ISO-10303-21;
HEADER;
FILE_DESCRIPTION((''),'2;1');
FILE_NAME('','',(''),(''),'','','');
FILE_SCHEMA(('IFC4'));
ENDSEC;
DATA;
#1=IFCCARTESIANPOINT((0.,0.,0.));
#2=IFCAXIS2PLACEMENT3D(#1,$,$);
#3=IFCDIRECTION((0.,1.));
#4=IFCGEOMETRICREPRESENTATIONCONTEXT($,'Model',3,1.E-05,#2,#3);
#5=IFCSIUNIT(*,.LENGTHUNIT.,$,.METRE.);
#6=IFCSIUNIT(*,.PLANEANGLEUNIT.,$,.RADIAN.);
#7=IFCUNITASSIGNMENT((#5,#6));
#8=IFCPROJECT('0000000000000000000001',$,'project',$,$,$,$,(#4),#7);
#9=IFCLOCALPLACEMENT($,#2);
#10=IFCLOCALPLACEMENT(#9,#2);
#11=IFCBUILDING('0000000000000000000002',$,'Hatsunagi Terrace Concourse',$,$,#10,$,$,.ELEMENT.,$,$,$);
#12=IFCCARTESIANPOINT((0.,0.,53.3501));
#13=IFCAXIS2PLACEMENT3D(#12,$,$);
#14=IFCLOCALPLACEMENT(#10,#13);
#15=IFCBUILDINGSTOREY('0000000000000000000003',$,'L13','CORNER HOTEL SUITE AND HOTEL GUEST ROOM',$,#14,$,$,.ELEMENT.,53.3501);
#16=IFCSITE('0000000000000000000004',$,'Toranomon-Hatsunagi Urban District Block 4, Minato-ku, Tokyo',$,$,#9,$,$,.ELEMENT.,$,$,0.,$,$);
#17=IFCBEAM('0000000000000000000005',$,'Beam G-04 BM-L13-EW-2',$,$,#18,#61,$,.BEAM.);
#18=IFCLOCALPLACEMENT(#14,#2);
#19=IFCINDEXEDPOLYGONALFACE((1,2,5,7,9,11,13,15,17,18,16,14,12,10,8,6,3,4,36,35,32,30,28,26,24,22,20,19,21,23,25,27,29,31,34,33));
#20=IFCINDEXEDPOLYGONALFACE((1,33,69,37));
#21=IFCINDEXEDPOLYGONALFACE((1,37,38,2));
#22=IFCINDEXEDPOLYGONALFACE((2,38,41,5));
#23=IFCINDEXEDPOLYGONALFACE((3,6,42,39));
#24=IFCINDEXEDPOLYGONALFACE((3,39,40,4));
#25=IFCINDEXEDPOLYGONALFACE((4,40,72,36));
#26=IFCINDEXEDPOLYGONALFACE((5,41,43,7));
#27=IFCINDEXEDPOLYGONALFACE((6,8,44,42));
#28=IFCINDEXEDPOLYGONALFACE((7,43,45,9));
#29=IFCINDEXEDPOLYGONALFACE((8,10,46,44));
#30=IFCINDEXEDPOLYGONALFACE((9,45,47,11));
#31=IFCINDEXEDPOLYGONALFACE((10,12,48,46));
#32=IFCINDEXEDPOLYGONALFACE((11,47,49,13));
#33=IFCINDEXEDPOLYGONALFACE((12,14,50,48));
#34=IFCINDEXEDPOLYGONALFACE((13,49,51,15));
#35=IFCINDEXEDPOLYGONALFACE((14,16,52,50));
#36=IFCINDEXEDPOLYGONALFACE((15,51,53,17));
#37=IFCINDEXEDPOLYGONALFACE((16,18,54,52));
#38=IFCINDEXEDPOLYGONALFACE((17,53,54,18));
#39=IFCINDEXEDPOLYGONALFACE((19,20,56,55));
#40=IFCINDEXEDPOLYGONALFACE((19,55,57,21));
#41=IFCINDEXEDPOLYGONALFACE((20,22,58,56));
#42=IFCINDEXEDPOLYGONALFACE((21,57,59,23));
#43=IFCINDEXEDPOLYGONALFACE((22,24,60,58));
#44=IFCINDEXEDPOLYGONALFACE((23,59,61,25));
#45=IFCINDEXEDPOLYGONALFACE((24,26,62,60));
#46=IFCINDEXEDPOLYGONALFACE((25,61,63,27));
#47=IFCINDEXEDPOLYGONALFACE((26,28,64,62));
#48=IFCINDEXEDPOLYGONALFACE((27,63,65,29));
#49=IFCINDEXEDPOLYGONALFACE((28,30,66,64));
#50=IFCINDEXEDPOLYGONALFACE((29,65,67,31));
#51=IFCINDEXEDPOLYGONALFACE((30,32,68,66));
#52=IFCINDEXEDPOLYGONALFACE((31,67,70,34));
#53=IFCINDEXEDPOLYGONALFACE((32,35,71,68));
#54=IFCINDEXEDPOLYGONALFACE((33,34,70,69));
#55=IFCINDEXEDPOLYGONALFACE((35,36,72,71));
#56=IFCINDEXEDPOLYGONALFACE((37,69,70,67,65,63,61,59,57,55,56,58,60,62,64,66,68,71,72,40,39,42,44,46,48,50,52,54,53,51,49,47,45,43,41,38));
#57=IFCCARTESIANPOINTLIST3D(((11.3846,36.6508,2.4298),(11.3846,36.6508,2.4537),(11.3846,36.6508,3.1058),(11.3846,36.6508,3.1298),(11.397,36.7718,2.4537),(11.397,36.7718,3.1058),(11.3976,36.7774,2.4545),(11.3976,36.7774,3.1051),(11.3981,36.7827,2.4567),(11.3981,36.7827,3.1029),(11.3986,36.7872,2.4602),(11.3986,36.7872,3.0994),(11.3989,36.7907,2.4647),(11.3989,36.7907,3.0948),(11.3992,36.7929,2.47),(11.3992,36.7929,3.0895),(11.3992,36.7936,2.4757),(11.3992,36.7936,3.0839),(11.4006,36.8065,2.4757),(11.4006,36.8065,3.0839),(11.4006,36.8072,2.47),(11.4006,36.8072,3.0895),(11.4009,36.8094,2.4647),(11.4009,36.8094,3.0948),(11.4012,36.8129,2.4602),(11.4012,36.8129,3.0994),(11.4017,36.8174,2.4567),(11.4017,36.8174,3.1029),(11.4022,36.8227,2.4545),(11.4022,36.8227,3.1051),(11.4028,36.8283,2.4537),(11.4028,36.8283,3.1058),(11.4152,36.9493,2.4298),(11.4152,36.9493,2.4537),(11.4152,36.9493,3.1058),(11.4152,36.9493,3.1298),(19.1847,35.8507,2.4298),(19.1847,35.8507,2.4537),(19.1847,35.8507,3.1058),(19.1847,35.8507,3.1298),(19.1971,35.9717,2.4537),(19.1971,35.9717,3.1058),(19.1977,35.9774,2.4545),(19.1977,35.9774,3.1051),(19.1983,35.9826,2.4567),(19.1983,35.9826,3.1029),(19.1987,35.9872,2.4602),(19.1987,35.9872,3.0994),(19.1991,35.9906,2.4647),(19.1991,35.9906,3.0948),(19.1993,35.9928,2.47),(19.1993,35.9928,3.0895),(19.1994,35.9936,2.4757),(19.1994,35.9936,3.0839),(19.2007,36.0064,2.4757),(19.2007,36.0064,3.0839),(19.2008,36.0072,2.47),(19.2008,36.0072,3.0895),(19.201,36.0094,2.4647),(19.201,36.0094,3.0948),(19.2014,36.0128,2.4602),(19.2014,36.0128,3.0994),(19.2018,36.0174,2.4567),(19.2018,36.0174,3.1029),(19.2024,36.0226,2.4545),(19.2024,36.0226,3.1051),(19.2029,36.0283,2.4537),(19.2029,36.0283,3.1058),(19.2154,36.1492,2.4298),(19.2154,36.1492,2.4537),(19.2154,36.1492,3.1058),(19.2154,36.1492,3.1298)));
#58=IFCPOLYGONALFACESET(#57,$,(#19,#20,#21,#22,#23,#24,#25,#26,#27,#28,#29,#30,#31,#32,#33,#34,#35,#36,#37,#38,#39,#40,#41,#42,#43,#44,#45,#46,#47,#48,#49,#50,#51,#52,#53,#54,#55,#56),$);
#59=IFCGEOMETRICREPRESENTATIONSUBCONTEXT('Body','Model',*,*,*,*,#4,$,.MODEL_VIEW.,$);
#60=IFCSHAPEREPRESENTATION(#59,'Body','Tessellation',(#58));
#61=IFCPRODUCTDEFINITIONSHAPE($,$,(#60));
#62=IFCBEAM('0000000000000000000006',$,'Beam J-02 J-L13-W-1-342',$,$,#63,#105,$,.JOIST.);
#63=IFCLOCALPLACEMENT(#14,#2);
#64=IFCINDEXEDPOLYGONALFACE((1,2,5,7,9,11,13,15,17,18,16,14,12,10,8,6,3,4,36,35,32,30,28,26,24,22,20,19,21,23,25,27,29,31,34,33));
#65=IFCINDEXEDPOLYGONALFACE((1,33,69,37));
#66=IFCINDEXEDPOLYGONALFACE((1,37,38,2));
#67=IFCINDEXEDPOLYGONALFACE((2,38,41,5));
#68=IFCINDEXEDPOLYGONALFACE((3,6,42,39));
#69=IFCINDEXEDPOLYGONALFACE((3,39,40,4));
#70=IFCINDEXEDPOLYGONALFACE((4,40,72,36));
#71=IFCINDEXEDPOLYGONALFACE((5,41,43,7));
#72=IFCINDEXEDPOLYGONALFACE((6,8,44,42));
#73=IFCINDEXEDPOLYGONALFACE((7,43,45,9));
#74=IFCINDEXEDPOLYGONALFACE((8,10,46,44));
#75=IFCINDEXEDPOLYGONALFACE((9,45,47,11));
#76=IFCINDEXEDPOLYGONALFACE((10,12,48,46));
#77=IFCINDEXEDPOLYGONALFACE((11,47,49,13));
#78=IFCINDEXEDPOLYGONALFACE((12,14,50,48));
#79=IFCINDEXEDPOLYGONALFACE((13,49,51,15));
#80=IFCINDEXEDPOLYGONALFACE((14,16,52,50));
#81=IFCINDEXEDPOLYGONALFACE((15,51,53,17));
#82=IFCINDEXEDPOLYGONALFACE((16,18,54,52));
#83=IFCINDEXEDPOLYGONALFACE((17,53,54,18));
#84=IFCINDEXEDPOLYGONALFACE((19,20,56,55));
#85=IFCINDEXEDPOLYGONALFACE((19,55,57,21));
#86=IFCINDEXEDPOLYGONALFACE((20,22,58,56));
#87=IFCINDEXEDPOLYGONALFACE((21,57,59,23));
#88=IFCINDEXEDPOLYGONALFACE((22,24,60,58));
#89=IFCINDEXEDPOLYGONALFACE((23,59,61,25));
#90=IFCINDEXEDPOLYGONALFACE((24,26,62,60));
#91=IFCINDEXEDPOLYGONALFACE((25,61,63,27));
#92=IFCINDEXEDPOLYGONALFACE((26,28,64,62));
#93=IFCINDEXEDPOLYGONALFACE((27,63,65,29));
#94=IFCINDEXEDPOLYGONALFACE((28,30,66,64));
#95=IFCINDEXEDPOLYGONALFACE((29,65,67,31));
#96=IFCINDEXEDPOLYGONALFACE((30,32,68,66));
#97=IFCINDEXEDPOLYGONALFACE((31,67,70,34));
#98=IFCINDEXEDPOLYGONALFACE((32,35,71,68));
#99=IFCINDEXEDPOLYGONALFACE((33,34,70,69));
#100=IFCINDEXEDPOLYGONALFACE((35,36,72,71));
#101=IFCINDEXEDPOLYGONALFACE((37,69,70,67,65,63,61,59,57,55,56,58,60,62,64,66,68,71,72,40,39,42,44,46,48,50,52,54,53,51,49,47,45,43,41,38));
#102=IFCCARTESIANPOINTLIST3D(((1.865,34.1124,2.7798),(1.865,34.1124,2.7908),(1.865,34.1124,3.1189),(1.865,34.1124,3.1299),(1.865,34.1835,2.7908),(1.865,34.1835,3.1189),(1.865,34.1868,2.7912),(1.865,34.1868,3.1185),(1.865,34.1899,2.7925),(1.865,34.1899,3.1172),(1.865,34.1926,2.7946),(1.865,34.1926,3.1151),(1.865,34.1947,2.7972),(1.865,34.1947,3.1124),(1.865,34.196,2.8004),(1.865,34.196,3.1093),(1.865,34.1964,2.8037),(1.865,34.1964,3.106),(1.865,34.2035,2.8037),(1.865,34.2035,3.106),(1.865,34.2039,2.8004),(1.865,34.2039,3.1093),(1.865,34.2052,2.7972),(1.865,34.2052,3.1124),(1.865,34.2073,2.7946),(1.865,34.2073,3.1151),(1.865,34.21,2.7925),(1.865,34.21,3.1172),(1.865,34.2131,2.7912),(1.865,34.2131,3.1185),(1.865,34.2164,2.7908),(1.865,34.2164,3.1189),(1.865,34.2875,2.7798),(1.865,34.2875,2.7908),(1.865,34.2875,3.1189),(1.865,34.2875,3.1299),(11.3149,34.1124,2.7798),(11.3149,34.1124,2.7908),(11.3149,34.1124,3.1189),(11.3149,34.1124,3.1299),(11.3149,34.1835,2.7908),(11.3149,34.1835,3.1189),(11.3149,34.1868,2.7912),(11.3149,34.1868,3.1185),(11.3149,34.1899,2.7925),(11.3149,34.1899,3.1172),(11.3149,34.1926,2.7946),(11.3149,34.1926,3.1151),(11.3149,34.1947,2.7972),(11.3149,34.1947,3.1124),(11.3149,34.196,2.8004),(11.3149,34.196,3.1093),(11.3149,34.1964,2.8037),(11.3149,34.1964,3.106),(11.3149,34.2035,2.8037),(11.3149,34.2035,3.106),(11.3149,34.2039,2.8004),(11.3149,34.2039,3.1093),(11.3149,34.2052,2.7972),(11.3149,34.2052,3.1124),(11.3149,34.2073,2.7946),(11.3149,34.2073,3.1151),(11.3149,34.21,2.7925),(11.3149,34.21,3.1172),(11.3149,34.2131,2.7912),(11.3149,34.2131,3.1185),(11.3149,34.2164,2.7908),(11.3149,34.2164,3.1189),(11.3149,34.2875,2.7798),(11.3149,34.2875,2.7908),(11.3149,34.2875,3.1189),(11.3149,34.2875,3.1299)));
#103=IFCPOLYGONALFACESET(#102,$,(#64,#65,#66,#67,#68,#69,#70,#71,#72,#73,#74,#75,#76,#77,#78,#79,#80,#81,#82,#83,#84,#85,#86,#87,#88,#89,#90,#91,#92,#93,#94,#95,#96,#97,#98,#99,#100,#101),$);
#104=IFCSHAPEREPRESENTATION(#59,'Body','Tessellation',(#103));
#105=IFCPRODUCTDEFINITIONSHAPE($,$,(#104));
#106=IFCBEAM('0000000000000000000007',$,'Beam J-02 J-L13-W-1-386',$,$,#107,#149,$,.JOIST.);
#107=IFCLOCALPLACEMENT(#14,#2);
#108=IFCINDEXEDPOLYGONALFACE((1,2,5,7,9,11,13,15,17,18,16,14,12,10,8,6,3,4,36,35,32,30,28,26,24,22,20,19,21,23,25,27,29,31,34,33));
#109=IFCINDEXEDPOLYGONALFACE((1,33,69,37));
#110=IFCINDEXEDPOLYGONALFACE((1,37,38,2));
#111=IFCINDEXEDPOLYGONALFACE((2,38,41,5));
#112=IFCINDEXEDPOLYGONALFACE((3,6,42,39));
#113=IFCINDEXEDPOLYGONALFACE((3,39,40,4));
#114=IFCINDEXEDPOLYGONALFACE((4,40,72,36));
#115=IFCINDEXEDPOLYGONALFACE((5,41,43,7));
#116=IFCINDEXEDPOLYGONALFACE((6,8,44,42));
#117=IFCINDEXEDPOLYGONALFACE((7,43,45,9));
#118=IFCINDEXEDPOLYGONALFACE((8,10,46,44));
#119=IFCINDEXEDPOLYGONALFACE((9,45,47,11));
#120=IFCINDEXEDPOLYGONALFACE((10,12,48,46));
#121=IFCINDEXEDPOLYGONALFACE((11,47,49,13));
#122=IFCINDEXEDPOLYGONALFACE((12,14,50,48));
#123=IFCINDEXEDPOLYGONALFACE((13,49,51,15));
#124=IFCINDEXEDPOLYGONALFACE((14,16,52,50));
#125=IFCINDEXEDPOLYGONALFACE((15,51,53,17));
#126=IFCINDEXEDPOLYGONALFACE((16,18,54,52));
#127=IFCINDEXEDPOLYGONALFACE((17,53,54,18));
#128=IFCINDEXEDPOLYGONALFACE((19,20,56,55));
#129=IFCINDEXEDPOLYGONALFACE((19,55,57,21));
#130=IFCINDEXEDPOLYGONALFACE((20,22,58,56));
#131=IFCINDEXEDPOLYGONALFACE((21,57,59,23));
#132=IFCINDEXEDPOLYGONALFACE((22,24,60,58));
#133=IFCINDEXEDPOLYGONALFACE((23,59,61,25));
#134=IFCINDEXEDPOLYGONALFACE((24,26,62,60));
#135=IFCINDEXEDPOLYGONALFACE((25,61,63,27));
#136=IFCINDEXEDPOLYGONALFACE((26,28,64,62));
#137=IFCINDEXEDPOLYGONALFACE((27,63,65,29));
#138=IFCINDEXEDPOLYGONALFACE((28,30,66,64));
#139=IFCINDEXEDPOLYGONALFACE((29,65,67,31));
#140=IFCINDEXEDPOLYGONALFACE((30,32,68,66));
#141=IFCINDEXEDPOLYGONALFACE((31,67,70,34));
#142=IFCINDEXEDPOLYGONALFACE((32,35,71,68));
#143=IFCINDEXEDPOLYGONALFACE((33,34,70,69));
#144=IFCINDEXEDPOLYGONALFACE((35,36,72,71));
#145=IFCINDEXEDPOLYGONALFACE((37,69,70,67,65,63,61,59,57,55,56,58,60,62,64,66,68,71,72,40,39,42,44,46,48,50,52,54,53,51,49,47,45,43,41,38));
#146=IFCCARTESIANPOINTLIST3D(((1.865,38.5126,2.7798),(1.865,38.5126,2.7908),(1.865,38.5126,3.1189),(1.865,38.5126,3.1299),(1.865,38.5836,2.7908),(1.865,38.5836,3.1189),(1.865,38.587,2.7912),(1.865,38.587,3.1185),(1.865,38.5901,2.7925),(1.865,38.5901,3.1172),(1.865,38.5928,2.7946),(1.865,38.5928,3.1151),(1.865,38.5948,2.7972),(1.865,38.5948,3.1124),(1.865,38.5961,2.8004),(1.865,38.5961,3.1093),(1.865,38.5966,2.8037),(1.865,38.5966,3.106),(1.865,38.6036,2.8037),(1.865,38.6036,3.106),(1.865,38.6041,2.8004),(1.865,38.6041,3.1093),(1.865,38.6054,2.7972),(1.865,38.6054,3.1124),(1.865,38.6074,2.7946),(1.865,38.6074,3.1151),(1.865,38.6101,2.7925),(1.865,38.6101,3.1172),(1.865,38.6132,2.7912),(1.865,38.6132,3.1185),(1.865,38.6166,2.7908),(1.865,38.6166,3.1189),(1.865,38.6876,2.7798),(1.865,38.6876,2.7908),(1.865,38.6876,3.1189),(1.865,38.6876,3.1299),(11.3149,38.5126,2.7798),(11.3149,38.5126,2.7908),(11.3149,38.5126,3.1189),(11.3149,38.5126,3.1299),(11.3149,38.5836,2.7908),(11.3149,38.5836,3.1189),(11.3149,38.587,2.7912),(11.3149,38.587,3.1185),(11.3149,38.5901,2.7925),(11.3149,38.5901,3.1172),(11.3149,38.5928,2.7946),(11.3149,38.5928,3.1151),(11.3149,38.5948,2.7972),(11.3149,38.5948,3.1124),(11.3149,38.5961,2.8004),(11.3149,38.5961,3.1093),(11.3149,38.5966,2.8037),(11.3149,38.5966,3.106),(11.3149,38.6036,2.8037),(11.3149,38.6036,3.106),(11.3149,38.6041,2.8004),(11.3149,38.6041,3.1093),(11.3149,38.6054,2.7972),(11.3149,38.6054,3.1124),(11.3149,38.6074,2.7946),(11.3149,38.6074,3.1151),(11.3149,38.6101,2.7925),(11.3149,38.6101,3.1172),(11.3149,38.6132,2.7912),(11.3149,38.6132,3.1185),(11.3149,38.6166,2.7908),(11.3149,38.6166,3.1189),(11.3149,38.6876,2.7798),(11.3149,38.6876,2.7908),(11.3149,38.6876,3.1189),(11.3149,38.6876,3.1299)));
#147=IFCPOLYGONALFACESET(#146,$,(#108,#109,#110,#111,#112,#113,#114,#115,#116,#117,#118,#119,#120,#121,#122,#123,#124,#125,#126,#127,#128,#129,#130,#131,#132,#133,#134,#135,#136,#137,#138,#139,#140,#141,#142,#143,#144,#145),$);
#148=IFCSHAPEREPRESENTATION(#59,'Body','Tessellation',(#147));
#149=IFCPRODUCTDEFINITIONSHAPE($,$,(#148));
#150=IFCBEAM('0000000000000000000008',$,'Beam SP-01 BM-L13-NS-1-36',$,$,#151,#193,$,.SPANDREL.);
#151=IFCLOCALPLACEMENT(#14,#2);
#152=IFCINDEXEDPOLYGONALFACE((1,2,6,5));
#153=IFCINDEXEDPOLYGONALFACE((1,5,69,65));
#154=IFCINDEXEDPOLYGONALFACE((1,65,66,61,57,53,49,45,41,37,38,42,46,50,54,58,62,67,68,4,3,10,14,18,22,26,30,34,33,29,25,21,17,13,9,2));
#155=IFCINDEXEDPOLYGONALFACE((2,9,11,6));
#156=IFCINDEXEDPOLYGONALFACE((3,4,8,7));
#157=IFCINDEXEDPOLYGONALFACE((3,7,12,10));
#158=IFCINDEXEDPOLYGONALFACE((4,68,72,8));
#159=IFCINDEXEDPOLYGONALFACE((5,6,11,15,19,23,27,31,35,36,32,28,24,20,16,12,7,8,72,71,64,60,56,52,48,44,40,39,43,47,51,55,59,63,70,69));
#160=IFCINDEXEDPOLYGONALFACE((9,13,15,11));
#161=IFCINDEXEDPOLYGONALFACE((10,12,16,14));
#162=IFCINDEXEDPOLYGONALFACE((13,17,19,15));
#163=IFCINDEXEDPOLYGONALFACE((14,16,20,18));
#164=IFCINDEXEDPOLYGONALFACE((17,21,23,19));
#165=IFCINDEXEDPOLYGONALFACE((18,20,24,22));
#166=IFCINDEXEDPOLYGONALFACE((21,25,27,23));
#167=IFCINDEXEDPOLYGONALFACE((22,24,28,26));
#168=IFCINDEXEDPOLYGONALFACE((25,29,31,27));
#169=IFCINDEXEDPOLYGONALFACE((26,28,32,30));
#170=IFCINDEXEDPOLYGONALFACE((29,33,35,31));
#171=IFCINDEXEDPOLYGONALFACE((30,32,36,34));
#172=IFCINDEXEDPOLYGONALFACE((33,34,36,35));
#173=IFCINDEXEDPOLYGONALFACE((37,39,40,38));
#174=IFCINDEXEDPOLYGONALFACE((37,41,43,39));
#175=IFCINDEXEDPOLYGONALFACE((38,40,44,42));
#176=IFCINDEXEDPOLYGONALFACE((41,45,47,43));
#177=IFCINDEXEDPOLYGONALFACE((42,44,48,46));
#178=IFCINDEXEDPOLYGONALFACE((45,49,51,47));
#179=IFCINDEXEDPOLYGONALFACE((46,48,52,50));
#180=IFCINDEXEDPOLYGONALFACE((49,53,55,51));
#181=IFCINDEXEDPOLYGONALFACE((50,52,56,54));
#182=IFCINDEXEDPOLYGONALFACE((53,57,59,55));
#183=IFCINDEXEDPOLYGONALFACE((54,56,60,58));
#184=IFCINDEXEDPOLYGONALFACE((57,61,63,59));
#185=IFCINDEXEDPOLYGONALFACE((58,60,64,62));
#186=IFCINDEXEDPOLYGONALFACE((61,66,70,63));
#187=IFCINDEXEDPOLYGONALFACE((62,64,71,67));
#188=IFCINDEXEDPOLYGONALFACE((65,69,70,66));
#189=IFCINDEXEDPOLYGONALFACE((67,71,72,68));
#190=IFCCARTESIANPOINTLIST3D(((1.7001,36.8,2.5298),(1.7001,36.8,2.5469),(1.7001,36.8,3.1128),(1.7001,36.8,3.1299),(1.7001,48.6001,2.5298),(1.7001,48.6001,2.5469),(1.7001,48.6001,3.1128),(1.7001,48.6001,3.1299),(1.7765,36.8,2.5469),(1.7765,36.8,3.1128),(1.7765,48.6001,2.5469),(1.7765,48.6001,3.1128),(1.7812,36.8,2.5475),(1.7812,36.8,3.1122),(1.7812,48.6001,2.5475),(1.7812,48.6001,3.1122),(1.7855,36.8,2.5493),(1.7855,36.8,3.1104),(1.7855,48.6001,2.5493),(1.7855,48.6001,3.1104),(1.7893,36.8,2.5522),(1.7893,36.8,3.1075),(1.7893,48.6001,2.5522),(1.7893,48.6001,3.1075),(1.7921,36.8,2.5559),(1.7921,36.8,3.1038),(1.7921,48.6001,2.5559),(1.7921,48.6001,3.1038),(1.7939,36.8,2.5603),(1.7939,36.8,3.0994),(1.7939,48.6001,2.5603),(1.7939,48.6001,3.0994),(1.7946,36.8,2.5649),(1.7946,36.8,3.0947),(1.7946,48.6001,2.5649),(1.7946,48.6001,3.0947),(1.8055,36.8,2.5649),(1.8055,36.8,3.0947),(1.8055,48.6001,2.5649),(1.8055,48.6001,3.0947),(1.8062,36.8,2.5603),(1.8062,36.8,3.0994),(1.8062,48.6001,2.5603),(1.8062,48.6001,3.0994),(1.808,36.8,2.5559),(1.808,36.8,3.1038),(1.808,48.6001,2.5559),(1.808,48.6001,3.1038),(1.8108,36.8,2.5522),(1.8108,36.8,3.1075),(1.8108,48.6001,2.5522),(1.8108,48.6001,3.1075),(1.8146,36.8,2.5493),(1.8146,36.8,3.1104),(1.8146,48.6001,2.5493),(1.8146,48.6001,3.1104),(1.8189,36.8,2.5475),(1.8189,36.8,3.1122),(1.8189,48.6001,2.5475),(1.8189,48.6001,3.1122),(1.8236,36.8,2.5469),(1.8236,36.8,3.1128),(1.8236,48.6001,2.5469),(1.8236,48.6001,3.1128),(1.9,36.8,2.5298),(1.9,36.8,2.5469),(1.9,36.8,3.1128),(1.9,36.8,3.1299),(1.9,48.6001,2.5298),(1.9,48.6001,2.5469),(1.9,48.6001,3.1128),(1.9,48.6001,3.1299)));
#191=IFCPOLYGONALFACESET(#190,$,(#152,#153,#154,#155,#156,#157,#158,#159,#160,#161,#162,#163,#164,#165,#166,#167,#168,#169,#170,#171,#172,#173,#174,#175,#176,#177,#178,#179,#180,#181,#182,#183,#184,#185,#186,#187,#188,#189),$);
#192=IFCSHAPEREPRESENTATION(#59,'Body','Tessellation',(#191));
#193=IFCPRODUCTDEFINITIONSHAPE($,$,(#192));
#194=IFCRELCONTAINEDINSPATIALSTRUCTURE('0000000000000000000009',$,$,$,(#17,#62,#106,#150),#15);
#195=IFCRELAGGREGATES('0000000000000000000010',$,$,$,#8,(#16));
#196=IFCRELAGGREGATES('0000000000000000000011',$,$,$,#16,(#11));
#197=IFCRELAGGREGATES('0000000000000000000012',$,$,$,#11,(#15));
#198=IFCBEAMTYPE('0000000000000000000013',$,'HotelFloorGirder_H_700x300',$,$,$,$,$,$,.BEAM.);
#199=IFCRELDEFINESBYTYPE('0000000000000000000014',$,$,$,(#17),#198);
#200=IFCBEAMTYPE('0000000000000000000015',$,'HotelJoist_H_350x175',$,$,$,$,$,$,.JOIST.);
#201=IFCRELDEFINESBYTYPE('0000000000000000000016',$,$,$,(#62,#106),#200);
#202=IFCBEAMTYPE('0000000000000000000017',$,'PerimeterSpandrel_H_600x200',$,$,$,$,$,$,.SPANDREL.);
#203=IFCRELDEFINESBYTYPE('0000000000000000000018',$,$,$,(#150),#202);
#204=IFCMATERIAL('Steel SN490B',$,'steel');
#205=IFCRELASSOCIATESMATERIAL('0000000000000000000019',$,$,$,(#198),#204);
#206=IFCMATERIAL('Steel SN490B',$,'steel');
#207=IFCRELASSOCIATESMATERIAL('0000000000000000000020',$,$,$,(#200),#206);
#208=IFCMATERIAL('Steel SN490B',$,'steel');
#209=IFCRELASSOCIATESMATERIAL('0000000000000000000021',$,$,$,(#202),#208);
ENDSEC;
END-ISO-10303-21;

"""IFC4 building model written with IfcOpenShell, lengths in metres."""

from ifc_helpers import new_model, si_unit, direction, frame, origin, origin_2d, place, context, subcontext, project, spatial, i_section, extrude, material, material_profile, profile_set, type_object, element, save


model = new_model("IFC4")

# Units and contexts
model_context = context("Model", 3, precision=1e-05, world=origin(), true_north=direction((0.0, 1.0)))
body_context = subcontext(model_context, "Body", "Model", "MODEL_VIEW")
ifc_project = project(units=[si_unit("LENGTHUNIT", "METRE"), si_unit("PLANEANGLEUNIT", "RADIAN")], contexts=[model_context])

# Site, building, storey
site_placement = place(None, origin())
site = spatial("IfcSite", under=ifc_project, at=site_placement, Name="Toranomon-Hatsunagi Urban District Block 4, Minato-ku, Tokyo", CompositionType="ELEMENT", RefElevation=0.0)
building_placement = place(site_placement, origin())
building = spatial("IfcBuilding", under=site, at=building_placement, Name="Hatsunagi Terrace Concourse", CompositionType="ELEMENT")
storey_placement = place(building_placement, frame((0.0, 0.0, 53.3501)))
storey = spatial("IfcBuildingStorey", under=building, at=storey_placement, Name="L13", Description="CORNER HOTEL SUITE AND HOTEL GUEST ROOM", CompositionType="ELEMENT", Elevation=53.3501)

# Beams
ifc_material_1 = material(Name="Steel SN490B", Category="steel")
ifc_material_profile_1 = material_profile(ifc_material_1, i_section(OverallWidth=0.3, OverallDepth=0.7, WebThickness=0.0129, FlangeThickness=0.0239, FilletRadius=0.022, at=origin_2d()), Name="H-700x300x13x24")
ifc_profile_set_1 = profile_set([ifc_material_profile_1], Name="Steel SN490B")
beam_type_1 = type_object("IfcBeamType", Name="HotelFloorGirder_H_700x300", PredefinedType="BEAM", material=ifc_profile_set_1)
beam_1_placement = place(storey_placement, frame((11.3999, 36.8, 2.7798), z_axis=(0.994781, -0.102034, 0.0), x_axis=(0.102034, 0.994781, 0.0)))
element("IfcBeam", 1, at=beam_1_placement, inside=storey, type_object=beam_type_1, Name="Beam G-04 BM-L13-EW-2", PredefinedType="BEAM", context=body_context, shape_type="SweptSolid", body=[
    extrude(i_section(OverallWidth=0.3, OverallDepth=0.7, WebThickness=0.0129, FlangeThickness=0.0239, FilletRadius=0.022, at=origin_2d()), origin(), (0.0, 0.0, 1.0), 7.8411),
])
ifc_material_2 = material(Name="Steel SN490B", Category="steel")
ifc_material_profile_2 = material_profile(ifc_material_2, i_section(OverallWidth=0.175, OverallDepth=0.3501, WebThickness=0.0071, FlangeThickness=0.011, FilletRadius=0.0129, at=origin_2d()), Name="H-350x175x7x11")
ifc_profile_set_2 = profile_set([ifc_material_profile_2], Name="Steel SN490B")
beam_type_2 = type_object("IfcBeamType", Name="HotelJoist_H_350x175", PredefinedType="JOIST", material=ifc_profile_set_2)
for number, where, z_axis, x_axis, name in (
    (2, (1.865, 34.2, 2.9548), (1.0, 0.0, 0.0), (0.0, 1.0, 0.0), "Beam J-02 J-L13-W-1-342"),
    (3, (1.865, 38.6001, 2.9548), (1.0, 0.0, 0.0), (0.0, 1.0, 0.0), "Beam J-02 J-L13-W-1-386"),
):
    element("IfcBeam", number, at=place(storey_placement, frame(where, z_axis=z_axis, x_axis=x_axis)), inside=storey, type_object=beam_type_2, Name=name, PredefinedType="JOIST", context=body_context, shape_type="SweptSolid", body=[
        extrude(i_section(OverallWidth=0.175, OverallDepth=0.3501, WebThickness=0.0071, FlangeThickness=0.011, FilletRadius=0.0129, at=origin_2d()), origin(), (0.0, 0.0, 1.0), 9.45),
    ])
ifc_material_3 = material(Name="Steel SN490B", Category="steel")
ifc_material_profile_3 = material_profile(ifc_material_3, i_section(OverallWidth=0.2, OverallDepth=0.6001, WebThickness=0.011, FlangeThickness=0.0171, FilletRadius=0.0181, at=origin_2d()), Name="H-600x200x11x17")
ifc_profile_set_3 = profile_set([ifc_material_profile_3], Name="Steel SN490B")
beam_type_3 = type_object("IfcBeamType", Name="PerimeterSpandrel_H_600x200", PredefinedType="SPANDREL", material=ifc_profile_set_3)
beam_2_placement = place(storey_placement, frame((1.8, 36.8, 2.8298), z_axis=(0.0, 1.0, 0.0), x_axis=(-1.0, 0.0, 0.0)))
element("IfcBeam", 4, at=beam_2_placement, inside=storey, type_object=beam_type_3, Name="Beam SP-01 BM-L13-NS-1-36", PredefinedType="SPANDREL", context=body_context, shape_type="SweptSolid", body=[
    extrude(i_section(OverallWidth=0.2, OverallDepth=0.6001, WebThickness=0.011, FlangeThickness=0.0171, FilletRadius=0.0181, at=origin_2d()), origin(), (0.0, 0.0, 1.0), 11.8),
])

save(model, "model.ifc")
